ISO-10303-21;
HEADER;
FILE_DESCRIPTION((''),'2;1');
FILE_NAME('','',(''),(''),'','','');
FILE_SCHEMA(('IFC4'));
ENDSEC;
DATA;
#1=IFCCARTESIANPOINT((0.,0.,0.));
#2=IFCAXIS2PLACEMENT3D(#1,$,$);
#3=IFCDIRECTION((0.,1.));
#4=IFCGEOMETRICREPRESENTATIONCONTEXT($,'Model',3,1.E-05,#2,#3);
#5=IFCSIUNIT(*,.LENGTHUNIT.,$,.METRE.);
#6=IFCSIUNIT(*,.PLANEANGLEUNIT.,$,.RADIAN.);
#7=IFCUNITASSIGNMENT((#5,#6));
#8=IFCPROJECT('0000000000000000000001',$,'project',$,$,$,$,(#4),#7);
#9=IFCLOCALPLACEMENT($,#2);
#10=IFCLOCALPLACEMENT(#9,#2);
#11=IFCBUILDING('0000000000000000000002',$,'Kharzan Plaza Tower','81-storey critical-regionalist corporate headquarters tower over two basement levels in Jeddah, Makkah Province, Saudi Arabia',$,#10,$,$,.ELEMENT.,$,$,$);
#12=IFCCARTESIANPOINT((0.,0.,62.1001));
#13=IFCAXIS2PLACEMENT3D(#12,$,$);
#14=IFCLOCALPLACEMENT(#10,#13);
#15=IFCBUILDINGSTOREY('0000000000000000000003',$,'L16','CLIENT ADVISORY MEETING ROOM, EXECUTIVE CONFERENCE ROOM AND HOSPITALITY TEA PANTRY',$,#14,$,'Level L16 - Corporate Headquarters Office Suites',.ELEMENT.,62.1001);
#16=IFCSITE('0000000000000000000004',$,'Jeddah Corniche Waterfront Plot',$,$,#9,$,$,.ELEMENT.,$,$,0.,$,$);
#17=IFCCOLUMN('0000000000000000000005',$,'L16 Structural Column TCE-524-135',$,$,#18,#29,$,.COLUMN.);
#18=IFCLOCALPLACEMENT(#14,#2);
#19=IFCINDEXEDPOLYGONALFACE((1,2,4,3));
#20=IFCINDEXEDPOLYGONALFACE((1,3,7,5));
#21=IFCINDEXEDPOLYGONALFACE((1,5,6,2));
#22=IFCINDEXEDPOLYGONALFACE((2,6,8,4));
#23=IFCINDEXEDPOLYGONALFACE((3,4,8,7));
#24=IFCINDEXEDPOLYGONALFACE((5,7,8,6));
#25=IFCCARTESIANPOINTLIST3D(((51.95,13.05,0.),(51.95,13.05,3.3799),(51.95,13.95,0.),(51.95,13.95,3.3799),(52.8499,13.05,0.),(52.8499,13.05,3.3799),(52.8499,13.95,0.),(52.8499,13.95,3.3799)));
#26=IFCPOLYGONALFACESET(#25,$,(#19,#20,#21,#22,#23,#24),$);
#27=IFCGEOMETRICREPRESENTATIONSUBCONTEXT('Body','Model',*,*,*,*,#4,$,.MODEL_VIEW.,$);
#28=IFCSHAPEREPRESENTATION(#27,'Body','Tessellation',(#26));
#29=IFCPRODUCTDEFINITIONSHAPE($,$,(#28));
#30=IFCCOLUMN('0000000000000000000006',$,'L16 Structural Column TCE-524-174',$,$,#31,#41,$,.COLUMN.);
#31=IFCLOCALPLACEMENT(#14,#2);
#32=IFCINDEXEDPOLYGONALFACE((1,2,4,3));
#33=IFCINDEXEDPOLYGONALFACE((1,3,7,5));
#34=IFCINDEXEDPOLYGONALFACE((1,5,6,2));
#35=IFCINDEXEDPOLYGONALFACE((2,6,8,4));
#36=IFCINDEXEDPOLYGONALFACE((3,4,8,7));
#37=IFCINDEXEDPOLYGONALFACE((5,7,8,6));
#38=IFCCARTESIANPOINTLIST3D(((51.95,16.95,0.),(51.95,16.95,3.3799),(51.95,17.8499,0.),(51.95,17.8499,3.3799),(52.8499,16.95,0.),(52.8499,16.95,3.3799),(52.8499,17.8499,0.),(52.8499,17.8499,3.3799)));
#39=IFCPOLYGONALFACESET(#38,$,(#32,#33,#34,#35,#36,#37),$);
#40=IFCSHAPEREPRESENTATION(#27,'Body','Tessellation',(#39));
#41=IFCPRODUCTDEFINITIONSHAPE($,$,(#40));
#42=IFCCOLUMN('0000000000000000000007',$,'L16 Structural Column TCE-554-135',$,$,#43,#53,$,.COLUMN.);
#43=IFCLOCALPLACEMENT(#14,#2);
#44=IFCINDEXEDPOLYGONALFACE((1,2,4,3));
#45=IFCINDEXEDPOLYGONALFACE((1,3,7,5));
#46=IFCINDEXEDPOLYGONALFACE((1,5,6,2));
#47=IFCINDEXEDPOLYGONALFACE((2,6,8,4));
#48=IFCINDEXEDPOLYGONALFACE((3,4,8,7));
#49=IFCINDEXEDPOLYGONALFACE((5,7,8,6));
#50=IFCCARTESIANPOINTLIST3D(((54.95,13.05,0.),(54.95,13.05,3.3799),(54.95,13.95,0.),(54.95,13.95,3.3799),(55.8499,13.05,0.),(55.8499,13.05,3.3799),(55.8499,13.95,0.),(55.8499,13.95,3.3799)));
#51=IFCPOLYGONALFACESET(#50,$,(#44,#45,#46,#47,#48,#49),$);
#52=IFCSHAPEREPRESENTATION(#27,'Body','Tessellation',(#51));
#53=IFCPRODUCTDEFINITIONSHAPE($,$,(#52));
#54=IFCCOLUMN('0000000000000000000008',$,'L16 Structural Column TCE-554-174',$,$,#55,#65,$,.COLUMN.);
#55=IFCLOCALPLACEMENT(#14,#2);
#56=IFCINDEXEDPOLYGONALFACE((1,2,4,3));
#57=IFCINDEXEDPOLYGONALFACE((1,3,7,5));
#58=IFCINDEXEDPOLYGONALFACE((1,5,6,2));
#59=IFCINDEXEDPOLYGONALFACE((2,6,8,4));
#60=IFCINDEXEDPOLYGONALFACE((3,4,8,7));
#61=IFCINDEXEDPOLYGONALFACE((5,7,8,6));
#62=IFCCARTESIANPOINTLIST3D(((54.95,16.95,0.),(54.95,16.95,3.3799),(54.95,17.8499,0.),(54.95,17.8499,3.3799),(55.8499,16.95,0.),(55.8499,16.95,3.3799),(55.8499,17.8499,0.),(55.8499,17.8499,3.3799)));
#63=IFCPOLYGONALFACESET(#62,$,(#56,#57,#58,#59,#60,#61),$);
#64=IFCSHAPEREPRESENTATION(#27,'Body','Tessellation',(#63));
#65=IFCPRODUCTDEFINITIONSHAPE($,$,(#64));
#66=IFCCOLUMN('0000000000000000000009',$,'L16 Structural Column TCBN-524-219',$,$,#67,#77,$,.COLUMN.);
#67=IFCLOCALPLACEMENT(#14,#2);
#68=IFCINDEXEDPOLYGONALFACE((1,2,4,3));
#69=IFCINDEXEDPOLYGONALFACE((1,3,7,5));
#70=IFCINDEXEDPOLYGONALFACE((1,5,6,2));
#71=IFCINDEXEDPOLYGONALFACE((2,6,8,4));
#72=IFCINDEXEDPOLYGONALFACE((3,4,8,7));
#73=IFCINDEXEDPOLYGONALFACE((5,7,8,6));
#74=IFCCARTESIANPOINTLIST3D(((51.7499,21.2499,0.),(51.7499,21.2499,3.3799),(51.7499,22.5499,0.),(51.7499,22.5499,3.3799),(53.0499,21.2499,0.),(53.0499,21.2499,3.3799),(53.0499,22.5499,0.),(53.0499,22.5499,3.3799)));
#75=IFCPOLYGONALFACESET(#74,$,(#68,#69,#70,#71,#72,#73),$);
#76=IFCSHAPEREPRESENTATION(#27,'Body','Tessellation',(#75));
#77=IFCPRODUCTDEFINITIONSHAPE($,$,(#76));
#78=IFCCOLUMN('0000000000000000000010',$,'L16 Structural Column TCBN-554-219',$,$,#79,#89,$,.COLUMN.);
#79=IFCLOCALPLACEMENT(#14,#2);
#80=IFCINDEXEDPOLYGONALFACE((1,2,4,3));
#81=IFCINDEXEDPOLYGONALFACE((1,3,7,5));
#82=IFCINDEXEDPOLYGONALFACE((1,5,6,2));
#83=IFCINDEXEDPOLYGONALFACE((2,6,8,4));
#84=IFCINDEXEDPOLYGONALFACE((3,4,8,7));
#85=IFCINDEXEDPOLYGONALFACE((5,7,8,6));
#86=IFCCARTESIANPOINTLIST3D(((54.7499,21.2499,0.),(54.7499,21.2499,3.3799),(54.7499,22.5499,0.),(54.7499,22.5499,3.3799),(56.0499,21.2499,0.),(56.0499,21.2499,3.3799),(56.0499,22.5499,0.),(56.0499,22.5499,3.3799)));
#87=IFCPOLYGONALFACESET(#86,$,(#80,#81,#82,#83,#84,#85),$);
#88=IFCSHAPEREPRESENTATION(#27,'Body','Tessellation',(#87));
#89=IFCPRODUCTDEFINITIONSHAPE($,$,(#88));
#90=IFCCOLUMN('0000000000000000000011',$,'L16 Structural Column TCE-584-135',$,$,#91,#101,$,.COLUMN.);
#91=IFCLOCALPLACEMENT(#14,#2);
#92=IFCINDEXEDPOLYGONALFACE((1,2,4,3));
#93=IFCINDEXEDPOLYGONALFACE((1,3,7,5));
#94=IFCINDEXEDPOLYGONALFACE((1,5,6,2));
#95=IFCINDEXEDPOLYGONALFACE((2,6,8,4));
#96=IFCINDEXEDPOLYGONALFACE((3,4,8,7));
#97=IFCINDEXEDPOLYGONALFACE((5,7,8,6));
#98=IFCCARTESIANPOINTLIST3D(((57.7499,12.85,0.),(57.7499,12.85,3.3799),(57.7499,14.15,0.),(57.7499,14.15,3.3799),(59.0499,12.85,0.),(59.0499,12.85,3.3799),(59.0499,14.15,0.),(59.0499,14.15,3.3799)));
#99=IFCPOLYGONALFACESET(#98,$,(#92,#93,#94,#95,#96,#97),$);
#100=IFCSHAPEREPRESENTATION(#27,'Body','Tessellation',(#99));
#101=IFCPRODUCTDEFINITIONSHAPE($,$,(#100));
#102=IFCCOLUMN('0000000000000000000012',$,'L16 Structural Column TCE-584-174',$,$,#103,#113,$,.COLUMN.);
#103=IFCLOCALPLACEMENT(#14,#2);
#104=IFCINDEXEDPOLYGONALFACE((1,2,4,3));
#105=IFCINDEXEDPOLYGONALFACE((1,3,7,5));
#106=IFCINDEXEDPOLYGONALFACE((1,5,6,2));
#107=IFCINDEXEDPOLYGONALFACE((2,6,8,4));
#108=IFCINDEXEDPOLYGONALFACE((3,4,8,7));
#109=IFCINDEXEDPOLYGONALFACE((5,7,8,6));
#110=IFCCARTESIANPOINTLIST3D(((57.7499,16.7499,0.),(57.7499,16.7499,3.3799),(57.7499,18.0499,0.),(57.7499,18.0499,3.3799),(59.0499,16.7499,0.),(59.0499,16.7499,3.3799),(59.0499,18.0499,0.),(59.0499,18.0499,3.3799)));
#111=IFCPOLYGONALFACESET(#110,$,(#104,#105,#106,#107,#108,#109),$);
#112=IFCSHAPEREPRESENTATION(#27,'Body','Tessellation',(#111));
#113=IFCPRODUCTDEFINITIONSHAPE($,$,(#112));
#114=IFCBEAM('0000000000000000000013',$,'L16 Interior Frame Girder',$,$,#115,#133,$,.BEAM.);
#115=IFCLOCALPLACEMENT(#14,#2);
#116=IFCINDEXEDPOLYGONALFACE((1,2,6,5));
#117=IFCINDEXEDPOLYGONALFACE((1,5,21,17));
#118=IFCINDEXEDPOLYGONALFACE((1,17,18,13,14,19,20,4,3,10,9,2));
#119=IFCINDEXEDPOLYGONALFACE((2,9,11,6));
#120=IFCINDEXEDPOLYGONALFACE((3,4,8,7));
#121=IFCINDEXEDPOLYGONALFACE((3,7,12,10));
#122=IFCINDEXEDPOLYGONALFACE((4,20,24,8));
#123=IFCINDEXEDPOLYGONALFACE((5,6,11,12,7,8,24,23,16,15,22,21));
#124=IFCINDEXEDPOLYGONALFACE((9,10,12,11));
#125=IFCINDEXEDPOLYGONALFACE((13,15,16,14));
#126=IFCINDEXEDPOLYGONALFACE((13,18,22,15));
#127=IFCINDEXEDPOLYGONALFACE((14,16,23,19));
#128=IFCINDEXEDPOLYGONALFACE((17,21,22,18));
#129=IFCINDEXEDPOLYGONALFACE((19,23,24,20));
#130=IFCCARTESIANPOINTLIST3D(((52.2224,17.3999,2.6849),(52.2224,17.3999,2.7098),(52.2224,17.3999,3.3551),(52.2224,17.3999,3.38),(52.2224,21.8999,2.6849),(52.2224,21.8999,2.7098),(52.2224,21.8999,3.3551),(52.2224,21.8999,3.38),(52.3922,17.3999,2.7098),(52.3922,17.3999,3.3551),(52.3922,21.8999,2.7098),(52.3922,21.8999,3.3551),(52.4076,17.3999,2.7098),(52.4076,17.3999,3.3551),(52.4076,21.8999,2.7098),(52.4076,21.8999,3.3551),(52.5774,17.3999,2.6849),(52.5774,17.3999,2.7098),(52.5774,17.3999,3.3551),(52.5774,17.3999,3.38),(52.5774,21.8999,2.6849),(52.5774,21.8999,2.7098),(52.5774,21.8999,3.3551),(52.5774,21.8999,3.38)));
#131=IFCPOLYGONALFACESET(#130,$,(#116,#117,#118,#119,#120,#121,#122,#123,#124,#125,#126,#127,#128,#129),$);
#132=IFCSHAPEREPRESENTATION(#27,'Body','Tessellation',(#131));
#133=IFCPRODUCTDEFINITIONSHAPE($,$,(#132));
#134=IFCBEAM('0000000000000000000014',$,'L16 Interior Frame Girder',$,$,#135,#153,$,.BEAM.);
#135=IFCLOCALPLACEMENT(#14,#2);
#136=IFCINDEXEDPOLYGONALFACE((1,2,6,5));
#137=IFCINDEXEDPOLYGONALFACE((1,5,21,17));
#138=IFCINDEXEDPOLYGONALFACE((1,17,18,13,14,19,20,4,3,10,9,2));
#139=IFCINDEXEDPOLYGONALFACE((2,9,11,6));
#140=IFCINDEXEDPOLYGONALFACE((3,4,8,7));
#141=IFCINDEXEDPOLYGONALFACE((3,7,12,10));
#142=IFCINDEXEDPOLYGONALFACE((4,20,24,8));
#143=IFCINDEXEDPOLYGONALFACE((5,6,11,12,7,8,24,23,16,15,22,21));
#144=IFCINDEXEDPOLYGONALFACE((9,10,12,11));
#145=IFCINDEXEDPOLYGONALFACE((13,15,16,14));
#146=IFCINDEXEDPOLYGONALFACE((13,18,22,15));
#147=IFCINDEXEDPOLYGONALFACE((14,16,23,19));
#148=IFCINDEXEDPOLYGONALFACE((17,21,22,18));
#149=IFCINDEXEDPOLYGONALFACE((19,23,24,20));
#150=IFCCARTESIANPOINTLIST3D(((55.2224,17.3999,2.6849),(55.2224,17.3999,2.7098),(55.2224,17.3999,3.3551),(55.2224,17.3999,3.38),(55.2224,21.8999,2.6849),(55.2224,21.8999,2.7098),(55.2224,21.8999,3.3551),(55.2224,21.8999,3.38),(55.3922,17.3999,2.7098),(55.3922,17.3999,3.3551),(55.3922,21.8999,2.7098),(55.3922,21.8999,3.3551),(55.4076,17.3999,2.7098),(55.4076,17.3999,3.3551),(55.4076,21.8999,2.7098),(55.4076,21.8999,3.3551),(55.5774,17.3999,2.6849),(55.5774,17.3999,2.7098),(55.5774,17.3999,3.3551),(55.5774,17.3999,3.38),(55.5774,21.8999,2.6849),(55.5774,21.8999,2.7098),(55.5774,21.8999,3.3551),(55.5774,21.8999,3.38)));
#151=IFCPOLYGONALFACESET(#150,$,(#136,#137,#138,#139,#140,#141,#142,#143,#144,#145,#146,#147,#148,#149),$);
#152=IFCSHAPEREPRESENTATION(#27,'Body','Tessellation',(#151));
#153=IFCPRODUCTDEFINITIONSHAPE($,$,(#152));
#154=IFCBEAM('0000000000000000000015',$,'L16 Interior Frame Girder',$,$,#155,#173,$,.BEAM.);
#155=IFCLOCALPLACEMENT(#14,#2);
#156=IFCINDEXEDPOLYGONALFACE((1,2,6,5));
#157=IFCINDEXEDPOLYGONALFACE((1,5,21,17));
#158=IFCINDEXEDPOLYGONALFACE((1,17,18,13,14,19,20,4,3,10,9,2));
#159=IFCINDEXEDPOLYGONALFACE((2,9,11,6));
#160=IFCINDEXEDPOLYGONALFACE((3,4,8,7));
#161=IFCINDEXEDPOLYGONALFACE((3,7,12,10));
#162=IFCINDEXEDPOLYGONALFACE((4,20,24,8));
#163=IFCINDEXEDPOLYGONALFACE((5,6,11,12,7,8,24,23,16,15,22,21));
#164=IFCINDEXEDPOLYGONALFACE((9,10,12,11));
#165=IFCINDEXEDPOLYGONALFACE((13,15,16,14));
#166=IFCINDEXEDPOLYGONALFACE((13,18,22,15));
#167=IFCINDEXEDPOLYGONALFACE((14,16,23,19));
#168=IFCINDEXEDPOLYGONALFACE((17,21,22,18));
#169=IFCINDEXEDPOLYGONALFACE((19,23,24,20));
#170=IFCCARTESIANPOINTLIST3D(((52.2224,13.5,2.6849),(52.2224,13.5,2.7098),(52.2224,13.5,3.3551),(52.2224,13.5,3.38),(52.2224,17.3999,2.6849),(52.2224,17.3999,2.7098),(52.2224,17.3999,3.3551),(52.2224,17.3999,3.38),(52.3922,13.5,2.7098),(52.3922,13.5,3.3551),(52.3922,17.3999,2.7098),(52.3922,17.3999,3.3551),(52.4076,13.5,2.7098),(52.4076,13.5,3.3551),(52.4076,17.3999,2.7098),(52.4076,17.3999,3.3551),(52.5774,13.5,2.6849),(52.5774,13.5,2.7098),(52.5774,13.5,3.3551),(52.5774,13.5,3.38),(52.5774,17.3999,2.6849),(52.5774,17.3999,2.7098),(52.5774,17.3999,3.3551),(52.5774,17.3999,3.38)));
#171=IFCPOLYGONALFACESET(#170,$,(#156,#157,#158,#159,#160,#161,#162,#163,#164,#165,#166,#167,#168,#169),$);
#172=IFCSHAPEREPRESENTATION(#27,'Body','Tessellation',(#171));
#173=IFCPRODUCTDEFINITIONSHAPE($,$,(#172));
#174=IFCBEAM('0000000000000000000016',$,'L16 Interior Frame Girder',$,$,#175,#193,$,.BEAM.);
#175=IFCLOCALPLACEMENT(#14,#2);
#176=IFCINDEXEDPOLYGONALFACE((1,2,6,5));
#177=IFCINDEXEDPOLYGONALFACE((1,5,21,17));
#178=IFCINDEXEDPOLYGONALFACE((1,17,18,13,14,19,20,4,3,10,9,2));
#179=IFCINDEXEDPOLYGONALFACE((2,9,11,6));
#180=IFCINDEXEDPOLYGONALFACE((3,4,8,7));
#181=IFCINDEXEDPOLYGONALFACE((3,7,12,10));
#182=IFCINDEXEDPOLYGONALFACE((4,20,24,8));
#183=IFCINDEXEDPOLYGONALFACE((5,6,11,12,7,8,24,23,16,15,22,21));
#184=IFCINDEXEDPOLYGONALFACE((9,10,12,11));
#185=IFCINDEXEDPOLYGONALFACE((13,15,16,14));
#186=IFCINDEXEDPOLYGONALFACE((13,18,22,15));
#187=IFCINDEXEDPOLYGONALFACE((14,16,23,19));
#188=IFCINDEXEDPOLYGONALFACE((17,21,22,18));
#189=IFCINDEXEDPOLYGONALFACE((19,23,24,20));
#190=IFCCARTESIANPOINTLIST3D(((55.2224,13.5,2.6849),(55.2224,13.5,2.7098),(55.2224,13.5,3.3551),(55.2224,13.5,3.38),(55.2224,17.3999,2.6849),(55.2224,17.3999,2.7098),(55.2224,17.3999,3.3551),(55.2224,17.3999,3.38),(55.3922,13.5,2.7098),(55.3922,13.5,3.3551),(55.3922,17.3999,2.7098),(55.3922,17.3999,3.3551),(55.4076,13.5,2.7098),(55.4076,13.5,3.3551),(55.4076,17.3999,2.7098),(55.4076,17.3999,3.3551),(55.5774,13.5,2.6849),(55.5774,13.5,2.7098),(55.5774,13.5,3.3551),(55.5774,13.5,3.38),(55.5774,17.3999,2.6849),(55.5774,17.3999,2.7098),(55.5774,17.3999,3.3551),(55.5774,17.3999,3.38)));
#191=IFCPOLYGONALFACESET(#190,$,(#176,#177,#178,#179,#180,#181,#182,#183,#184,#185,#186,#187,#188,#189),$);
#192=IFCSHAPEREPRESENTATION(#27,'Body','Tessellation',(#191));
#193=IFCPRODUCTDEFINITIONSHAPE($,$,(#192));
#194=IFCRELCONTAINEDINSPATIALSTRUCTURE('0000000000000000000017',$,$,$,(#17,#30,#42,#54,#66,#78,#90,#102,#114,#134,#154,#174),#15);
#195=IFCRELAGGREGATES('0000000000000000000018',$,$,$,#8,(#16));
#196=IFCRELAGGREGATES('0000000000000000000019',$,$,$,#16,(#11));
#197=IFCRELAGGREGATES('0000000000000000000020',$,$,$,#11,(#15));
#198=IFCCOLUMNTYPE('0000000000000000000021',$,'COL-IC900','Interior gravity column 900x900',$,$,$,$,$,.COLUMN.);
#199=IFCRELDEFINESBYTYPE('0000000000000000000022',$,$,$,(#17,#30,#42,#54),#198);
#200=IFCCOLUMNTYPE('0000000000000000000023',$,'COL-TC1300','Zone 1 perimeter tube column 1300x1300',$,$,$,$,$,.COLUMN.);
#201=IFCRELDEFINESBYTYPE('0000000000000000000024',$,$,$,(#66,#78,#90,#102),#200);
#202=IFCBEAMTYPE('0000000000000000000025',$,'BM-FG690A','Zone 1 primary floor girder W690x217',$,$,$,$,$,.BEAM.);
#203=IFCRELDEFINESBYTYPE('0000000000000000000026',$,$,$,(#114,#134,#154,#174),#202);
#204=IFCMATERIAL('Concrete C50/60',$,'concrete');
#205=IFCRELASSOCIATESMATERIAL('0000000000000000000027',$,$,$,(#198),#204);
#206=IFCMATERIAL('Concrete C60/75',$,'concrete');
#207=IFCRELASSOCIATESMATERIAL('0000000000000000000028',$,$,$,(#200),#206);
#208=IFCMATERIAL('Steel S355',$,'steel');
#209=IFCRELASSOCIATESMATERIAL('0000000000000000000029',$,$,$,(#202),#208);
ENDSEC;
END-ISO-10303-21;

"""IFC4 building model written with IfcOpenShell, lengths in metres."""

from ifc_helpers import new_model, si_unit, direction, frame, origin, origin_2d, place, context, subcontext, project, spatial, rectangle, i_section, extrude, source, transform, mapped, material, material_profile, profile_set, type_object, element, save


model = new_model("IFC4")

# Units and contexts
model_context = context("Model", 3, precision=1e-05, world=origin(), true_north=direction((0.0, 1.0)))
body_context = subcontext(model_context, "Body", "Model", "MODEL_VIEW")
ifc_project = project(units=[si_unit("LENGTHUNIT", "METRE"), si_unit("PLANEANGLEUNIT", "RADIAN")], contexts=[model_context])

# Site, building, storey
site_placement = place(None, origin())
site = spatial("IfcSite", under=ifc_project, at=site_placement, Name="Jeddah Corniche Waterfront Plot", CompositionType="ELEMENT", RefElevation=0.0)
building_placement = place(site_placement, origin())
building = spatial("IfcBuilding", under=site, at=building_placement, Name="Kharzan Plaza Tower", Description="81-storey critical-regionalist corporate headquarters tower over two basement levels in Jeddah, Makkah Province, Saudi Arabia", CompositionType="ELEMENT")
storey_placement = place(building_placement, frame((0.0, 0.0, 62.1001)))
storey = spatial("IfcBuildingStorey", under=building, at=storey_placement, Name="L16", Description="CLIENT ADVISORY MEETING ROOM, EXECUTIVE CONFERENCE ROOM AND HOSPITALITY TEA PANTRY", LongName="Level L16 - Corporate Headquarters Office Suites", CompositionType="ELEMENT", Elevation=62.1001)

# Columns
ifc_material_1 = material(Name="Concrete C50/60", Category="concrete")
ifc_material_profile_1 = material_profile(ifc_material_1, rectangle(XDim=0.8999, YDim=0.8999, at=origin_2d()), Name="RC-IC900x900")
ifc_profile_set_1 = profile_set([ifc_material_profile_1], Name="Concrete C50/60")
column_type_1 = type_object("IfcColumnType", Name="COL-IC900", Description="Interior gravity column 900x900", PredefinedType="COLUMN", material=ifc_profile_set_1)
shared_shape_1 = source(origin(), body_context, "Body", "SweptSolid", [
    extrude(rectangle(XDim=0.8999, YDim=0.8999, at=origin_2d()), origin(), (0.0, 0.0, 1.0), 3.3799),
])
for number, where, z_axis, x_axis, name in (
    (1, (52.3999, 13.5, 0.0), (0.0, 0.0, 1.0), (1.0, 0.0, 0.0), "L16 Structural Column TCE-524-135"),
    (2, (52.3999, 17.3999, 0.0), (0.0, 0.0, 1.0), (1.0, 0.0, 0.0), "L16 Structural Column TCE-524-174"),
    (3, (55.3999, 13.5, 0.0), (0.0, 0.0, 1.0), (1.0, 0.0, 0.0), "L16 Structural Column TCE-554-135"),
    (4, (55.3999, 17.3999, 0.0), (0.0, 0.0, 1.0), (1.0, 0.0, 0.0), "L16 Structural Column TCE-554-174"),
):
    element("IfcColumn", number, at=place(storey_placement, frame(where, z_axis=z_axis, x_axis=x_axis)), inside=storey, type_object=column_type_1, Name=name, PredefinedType="COLUMN", context=body_context, shape_type="MappedRepresentation", body=[
        mapped(shared_shape_1, transform((0.0, 0.0, 0.0), x_axis=(1.0, 0.0, 0.0), y_axis=(0.0, 1.0, 0.0), z_axis=(0.0, 0.0, 1.0))),
    ])
ifc_material_2 = material(Name="Concrete C60/75", Category="concrete")
ifc_material_profile_2 = material_profile(ifc_material_2, rectangle(XDim=1.3, YDim=1.3, at=origin_2d()), Name="RC-TC1300x1300")
ifc_profile_set_2 = profile_set([ifc_material_profile_2], Name="Concrete C60/75")
column_type_2 = type_object("IfcColumnType", Name="COL-TC1300", Description="Zone 1 perimeter tube column 1300x1300", PredefinedType="COLUMN", material=ifc_profile_set_2)
shared_shape_2 = source(origin(), body_context, "Body", "SweptSolid", [
    extrude(rectangle(XDim=1.3, YDim=1.3, at=origin_2d()), origin(), (0.0, 0.0, 1.0), 3.3799),
])
for number, where, z_axis, x_axis, name in (
    (5, (52.3999, 21.8999, 0.0), (0.0, 0.0, 1.0), (1.0, 0.0, 0.0), "L16 Structural Column TCBN-524-219"),
    (6, (55.3999, 21.8999, 0.0), (0.0, 0.0, 1.0), (1.0, 0.0, 0.0), "L16 Structural Column TCBN-554-219"),
    (7, (58.3999, 13.5, 0.0), (0.0, 0.0, 1.0), (1.0, 0.0, 0.0), "L16 Structural Column TCE-584-135"),
    (8, (58.3999, 17.3999, 0.0), (0.0, 0.0, 1.0), (1.0, 0.0, 0.0), "L16 Structural Column TCE-584-174"),
):
    element("IfcColumn", number, at=place(storey_placement, frame(where, z_axis=z_axis, x_axis=x_axis)), inside=storey, type_object=column_type_2, Name=name, PredefinedType="COLUMN", context=body_context, shape_type="MappedRepresentation", body=[
        mapped(shared_shape_2, transform((0.0, 0.0, 0.0), x_axis=(1.0, 0.0, 0.0), y_axis=(0.0, 1.0, 0.0), z_axis=(0.0, 0.0, 1.0))),
    ])

# Beams
ifc_material_3 = material(Name="Steel S355", Category="steel")
ifc_material_profile_3 = material_profile(ifc_material_3, i_section(OverallWidth=0.355, OverallDepth=0.6951, WebThickness=0.0154, FlangeThickness=0.0249, at=origin_2d()), Name="W690x217")
ifc_profile_set_3 = profile_set([ifc_material_profile_3], Name="Steel S355")
beam_type_1 = type_object("IfcBeamType", Name="BM-FG690A", Description="Zone 1 primary floor girder W690x217", PredefinedType="BEAM", material=ifc_profile_set_3)
shared_shape_3 = source(origin(), body_context, "Body", "SweptSolid", [
    extrude(i_section(OverallWidth=0.355, OverallDepth=0.6951, WebThickness=0.0154, FlangeThickness=0.0249, at=origin_2d()), origin(), (0.0, 0.0, 1.0), 4.5),
])
for number, where, z_axis, x_axis, name in (
    (9, (52.3999, 17.3999, 3.0325), (0.0, 1.0, 0.0), (-1.0, 0.0, 0.0), "L16 Interior Frame Girder"),
    (10, (55.3999, 17.3999, 3.0325), (0.0, 1.0, 0.0), (-1.0, 0.0, 0.0), "L16 Interior Frame Girder"),
):
    element("IfcBeam", number, at=place(storey_placement, frame(where, z_axis=z_axis, x_axis=x_axis)), inside=storey, type_object=beam_type_1, Name=name, PredefinedType="BEAM", context=body_context, shape_type="MappedRepresentation", body=[
        mapped(shared_shape_3, transform((0.0, 0.0, 0.0), x_axis=(1.0, 0.0, 0.0), y_axis=(0.0, 1.0, 0.0), z_axis=(0.0, 0.0, 1.0))),
    ])
shared_shape_4 = source(origin(), body_context, "Body", "SweptSolid", [
    extrude(i_section(OverallWidth=0.355, OverallDepth=0.6951, WebThickness=0.0154, FlangeThickness=0.0249, at=origin_2d()), origin(), (0.0, 0.0, 1.0), 3.8999),
])
for number, where, z_axis, x_axis, name in (
    (11, (52.3999, 13.5, 3.0325), (0.0, 1.0, 0.0), (-1.0, 0.0, 0.0), "L16 Interior Frame Girder"),
    (12, (55.3999, 13.5, 3.0325), (0.0, 1.0, 0.0), (-1.0, 0.0, 0.0), "L16 Interior Frame Girder"),
):
    element("IfcBeam", number, at=place(storey_placement, frame(where, z_axis=z_axis, x_axis=x_axis)), inside=storey, type_object=beam_type_1, Name=name, PredefinedType="BEAM", context=body_context, shape_type="MappedRepresentation", body=[
        mapped(shared_shape_4, transform((0.0, 0.0, 0.0), x_axis=(1.0, 0.0, 0.0), y_axis=(0.0, 1.0, 0.0), z_axis=(0.0, 0.0, 1.0))),
    ])

save(model, "model.ifc")
